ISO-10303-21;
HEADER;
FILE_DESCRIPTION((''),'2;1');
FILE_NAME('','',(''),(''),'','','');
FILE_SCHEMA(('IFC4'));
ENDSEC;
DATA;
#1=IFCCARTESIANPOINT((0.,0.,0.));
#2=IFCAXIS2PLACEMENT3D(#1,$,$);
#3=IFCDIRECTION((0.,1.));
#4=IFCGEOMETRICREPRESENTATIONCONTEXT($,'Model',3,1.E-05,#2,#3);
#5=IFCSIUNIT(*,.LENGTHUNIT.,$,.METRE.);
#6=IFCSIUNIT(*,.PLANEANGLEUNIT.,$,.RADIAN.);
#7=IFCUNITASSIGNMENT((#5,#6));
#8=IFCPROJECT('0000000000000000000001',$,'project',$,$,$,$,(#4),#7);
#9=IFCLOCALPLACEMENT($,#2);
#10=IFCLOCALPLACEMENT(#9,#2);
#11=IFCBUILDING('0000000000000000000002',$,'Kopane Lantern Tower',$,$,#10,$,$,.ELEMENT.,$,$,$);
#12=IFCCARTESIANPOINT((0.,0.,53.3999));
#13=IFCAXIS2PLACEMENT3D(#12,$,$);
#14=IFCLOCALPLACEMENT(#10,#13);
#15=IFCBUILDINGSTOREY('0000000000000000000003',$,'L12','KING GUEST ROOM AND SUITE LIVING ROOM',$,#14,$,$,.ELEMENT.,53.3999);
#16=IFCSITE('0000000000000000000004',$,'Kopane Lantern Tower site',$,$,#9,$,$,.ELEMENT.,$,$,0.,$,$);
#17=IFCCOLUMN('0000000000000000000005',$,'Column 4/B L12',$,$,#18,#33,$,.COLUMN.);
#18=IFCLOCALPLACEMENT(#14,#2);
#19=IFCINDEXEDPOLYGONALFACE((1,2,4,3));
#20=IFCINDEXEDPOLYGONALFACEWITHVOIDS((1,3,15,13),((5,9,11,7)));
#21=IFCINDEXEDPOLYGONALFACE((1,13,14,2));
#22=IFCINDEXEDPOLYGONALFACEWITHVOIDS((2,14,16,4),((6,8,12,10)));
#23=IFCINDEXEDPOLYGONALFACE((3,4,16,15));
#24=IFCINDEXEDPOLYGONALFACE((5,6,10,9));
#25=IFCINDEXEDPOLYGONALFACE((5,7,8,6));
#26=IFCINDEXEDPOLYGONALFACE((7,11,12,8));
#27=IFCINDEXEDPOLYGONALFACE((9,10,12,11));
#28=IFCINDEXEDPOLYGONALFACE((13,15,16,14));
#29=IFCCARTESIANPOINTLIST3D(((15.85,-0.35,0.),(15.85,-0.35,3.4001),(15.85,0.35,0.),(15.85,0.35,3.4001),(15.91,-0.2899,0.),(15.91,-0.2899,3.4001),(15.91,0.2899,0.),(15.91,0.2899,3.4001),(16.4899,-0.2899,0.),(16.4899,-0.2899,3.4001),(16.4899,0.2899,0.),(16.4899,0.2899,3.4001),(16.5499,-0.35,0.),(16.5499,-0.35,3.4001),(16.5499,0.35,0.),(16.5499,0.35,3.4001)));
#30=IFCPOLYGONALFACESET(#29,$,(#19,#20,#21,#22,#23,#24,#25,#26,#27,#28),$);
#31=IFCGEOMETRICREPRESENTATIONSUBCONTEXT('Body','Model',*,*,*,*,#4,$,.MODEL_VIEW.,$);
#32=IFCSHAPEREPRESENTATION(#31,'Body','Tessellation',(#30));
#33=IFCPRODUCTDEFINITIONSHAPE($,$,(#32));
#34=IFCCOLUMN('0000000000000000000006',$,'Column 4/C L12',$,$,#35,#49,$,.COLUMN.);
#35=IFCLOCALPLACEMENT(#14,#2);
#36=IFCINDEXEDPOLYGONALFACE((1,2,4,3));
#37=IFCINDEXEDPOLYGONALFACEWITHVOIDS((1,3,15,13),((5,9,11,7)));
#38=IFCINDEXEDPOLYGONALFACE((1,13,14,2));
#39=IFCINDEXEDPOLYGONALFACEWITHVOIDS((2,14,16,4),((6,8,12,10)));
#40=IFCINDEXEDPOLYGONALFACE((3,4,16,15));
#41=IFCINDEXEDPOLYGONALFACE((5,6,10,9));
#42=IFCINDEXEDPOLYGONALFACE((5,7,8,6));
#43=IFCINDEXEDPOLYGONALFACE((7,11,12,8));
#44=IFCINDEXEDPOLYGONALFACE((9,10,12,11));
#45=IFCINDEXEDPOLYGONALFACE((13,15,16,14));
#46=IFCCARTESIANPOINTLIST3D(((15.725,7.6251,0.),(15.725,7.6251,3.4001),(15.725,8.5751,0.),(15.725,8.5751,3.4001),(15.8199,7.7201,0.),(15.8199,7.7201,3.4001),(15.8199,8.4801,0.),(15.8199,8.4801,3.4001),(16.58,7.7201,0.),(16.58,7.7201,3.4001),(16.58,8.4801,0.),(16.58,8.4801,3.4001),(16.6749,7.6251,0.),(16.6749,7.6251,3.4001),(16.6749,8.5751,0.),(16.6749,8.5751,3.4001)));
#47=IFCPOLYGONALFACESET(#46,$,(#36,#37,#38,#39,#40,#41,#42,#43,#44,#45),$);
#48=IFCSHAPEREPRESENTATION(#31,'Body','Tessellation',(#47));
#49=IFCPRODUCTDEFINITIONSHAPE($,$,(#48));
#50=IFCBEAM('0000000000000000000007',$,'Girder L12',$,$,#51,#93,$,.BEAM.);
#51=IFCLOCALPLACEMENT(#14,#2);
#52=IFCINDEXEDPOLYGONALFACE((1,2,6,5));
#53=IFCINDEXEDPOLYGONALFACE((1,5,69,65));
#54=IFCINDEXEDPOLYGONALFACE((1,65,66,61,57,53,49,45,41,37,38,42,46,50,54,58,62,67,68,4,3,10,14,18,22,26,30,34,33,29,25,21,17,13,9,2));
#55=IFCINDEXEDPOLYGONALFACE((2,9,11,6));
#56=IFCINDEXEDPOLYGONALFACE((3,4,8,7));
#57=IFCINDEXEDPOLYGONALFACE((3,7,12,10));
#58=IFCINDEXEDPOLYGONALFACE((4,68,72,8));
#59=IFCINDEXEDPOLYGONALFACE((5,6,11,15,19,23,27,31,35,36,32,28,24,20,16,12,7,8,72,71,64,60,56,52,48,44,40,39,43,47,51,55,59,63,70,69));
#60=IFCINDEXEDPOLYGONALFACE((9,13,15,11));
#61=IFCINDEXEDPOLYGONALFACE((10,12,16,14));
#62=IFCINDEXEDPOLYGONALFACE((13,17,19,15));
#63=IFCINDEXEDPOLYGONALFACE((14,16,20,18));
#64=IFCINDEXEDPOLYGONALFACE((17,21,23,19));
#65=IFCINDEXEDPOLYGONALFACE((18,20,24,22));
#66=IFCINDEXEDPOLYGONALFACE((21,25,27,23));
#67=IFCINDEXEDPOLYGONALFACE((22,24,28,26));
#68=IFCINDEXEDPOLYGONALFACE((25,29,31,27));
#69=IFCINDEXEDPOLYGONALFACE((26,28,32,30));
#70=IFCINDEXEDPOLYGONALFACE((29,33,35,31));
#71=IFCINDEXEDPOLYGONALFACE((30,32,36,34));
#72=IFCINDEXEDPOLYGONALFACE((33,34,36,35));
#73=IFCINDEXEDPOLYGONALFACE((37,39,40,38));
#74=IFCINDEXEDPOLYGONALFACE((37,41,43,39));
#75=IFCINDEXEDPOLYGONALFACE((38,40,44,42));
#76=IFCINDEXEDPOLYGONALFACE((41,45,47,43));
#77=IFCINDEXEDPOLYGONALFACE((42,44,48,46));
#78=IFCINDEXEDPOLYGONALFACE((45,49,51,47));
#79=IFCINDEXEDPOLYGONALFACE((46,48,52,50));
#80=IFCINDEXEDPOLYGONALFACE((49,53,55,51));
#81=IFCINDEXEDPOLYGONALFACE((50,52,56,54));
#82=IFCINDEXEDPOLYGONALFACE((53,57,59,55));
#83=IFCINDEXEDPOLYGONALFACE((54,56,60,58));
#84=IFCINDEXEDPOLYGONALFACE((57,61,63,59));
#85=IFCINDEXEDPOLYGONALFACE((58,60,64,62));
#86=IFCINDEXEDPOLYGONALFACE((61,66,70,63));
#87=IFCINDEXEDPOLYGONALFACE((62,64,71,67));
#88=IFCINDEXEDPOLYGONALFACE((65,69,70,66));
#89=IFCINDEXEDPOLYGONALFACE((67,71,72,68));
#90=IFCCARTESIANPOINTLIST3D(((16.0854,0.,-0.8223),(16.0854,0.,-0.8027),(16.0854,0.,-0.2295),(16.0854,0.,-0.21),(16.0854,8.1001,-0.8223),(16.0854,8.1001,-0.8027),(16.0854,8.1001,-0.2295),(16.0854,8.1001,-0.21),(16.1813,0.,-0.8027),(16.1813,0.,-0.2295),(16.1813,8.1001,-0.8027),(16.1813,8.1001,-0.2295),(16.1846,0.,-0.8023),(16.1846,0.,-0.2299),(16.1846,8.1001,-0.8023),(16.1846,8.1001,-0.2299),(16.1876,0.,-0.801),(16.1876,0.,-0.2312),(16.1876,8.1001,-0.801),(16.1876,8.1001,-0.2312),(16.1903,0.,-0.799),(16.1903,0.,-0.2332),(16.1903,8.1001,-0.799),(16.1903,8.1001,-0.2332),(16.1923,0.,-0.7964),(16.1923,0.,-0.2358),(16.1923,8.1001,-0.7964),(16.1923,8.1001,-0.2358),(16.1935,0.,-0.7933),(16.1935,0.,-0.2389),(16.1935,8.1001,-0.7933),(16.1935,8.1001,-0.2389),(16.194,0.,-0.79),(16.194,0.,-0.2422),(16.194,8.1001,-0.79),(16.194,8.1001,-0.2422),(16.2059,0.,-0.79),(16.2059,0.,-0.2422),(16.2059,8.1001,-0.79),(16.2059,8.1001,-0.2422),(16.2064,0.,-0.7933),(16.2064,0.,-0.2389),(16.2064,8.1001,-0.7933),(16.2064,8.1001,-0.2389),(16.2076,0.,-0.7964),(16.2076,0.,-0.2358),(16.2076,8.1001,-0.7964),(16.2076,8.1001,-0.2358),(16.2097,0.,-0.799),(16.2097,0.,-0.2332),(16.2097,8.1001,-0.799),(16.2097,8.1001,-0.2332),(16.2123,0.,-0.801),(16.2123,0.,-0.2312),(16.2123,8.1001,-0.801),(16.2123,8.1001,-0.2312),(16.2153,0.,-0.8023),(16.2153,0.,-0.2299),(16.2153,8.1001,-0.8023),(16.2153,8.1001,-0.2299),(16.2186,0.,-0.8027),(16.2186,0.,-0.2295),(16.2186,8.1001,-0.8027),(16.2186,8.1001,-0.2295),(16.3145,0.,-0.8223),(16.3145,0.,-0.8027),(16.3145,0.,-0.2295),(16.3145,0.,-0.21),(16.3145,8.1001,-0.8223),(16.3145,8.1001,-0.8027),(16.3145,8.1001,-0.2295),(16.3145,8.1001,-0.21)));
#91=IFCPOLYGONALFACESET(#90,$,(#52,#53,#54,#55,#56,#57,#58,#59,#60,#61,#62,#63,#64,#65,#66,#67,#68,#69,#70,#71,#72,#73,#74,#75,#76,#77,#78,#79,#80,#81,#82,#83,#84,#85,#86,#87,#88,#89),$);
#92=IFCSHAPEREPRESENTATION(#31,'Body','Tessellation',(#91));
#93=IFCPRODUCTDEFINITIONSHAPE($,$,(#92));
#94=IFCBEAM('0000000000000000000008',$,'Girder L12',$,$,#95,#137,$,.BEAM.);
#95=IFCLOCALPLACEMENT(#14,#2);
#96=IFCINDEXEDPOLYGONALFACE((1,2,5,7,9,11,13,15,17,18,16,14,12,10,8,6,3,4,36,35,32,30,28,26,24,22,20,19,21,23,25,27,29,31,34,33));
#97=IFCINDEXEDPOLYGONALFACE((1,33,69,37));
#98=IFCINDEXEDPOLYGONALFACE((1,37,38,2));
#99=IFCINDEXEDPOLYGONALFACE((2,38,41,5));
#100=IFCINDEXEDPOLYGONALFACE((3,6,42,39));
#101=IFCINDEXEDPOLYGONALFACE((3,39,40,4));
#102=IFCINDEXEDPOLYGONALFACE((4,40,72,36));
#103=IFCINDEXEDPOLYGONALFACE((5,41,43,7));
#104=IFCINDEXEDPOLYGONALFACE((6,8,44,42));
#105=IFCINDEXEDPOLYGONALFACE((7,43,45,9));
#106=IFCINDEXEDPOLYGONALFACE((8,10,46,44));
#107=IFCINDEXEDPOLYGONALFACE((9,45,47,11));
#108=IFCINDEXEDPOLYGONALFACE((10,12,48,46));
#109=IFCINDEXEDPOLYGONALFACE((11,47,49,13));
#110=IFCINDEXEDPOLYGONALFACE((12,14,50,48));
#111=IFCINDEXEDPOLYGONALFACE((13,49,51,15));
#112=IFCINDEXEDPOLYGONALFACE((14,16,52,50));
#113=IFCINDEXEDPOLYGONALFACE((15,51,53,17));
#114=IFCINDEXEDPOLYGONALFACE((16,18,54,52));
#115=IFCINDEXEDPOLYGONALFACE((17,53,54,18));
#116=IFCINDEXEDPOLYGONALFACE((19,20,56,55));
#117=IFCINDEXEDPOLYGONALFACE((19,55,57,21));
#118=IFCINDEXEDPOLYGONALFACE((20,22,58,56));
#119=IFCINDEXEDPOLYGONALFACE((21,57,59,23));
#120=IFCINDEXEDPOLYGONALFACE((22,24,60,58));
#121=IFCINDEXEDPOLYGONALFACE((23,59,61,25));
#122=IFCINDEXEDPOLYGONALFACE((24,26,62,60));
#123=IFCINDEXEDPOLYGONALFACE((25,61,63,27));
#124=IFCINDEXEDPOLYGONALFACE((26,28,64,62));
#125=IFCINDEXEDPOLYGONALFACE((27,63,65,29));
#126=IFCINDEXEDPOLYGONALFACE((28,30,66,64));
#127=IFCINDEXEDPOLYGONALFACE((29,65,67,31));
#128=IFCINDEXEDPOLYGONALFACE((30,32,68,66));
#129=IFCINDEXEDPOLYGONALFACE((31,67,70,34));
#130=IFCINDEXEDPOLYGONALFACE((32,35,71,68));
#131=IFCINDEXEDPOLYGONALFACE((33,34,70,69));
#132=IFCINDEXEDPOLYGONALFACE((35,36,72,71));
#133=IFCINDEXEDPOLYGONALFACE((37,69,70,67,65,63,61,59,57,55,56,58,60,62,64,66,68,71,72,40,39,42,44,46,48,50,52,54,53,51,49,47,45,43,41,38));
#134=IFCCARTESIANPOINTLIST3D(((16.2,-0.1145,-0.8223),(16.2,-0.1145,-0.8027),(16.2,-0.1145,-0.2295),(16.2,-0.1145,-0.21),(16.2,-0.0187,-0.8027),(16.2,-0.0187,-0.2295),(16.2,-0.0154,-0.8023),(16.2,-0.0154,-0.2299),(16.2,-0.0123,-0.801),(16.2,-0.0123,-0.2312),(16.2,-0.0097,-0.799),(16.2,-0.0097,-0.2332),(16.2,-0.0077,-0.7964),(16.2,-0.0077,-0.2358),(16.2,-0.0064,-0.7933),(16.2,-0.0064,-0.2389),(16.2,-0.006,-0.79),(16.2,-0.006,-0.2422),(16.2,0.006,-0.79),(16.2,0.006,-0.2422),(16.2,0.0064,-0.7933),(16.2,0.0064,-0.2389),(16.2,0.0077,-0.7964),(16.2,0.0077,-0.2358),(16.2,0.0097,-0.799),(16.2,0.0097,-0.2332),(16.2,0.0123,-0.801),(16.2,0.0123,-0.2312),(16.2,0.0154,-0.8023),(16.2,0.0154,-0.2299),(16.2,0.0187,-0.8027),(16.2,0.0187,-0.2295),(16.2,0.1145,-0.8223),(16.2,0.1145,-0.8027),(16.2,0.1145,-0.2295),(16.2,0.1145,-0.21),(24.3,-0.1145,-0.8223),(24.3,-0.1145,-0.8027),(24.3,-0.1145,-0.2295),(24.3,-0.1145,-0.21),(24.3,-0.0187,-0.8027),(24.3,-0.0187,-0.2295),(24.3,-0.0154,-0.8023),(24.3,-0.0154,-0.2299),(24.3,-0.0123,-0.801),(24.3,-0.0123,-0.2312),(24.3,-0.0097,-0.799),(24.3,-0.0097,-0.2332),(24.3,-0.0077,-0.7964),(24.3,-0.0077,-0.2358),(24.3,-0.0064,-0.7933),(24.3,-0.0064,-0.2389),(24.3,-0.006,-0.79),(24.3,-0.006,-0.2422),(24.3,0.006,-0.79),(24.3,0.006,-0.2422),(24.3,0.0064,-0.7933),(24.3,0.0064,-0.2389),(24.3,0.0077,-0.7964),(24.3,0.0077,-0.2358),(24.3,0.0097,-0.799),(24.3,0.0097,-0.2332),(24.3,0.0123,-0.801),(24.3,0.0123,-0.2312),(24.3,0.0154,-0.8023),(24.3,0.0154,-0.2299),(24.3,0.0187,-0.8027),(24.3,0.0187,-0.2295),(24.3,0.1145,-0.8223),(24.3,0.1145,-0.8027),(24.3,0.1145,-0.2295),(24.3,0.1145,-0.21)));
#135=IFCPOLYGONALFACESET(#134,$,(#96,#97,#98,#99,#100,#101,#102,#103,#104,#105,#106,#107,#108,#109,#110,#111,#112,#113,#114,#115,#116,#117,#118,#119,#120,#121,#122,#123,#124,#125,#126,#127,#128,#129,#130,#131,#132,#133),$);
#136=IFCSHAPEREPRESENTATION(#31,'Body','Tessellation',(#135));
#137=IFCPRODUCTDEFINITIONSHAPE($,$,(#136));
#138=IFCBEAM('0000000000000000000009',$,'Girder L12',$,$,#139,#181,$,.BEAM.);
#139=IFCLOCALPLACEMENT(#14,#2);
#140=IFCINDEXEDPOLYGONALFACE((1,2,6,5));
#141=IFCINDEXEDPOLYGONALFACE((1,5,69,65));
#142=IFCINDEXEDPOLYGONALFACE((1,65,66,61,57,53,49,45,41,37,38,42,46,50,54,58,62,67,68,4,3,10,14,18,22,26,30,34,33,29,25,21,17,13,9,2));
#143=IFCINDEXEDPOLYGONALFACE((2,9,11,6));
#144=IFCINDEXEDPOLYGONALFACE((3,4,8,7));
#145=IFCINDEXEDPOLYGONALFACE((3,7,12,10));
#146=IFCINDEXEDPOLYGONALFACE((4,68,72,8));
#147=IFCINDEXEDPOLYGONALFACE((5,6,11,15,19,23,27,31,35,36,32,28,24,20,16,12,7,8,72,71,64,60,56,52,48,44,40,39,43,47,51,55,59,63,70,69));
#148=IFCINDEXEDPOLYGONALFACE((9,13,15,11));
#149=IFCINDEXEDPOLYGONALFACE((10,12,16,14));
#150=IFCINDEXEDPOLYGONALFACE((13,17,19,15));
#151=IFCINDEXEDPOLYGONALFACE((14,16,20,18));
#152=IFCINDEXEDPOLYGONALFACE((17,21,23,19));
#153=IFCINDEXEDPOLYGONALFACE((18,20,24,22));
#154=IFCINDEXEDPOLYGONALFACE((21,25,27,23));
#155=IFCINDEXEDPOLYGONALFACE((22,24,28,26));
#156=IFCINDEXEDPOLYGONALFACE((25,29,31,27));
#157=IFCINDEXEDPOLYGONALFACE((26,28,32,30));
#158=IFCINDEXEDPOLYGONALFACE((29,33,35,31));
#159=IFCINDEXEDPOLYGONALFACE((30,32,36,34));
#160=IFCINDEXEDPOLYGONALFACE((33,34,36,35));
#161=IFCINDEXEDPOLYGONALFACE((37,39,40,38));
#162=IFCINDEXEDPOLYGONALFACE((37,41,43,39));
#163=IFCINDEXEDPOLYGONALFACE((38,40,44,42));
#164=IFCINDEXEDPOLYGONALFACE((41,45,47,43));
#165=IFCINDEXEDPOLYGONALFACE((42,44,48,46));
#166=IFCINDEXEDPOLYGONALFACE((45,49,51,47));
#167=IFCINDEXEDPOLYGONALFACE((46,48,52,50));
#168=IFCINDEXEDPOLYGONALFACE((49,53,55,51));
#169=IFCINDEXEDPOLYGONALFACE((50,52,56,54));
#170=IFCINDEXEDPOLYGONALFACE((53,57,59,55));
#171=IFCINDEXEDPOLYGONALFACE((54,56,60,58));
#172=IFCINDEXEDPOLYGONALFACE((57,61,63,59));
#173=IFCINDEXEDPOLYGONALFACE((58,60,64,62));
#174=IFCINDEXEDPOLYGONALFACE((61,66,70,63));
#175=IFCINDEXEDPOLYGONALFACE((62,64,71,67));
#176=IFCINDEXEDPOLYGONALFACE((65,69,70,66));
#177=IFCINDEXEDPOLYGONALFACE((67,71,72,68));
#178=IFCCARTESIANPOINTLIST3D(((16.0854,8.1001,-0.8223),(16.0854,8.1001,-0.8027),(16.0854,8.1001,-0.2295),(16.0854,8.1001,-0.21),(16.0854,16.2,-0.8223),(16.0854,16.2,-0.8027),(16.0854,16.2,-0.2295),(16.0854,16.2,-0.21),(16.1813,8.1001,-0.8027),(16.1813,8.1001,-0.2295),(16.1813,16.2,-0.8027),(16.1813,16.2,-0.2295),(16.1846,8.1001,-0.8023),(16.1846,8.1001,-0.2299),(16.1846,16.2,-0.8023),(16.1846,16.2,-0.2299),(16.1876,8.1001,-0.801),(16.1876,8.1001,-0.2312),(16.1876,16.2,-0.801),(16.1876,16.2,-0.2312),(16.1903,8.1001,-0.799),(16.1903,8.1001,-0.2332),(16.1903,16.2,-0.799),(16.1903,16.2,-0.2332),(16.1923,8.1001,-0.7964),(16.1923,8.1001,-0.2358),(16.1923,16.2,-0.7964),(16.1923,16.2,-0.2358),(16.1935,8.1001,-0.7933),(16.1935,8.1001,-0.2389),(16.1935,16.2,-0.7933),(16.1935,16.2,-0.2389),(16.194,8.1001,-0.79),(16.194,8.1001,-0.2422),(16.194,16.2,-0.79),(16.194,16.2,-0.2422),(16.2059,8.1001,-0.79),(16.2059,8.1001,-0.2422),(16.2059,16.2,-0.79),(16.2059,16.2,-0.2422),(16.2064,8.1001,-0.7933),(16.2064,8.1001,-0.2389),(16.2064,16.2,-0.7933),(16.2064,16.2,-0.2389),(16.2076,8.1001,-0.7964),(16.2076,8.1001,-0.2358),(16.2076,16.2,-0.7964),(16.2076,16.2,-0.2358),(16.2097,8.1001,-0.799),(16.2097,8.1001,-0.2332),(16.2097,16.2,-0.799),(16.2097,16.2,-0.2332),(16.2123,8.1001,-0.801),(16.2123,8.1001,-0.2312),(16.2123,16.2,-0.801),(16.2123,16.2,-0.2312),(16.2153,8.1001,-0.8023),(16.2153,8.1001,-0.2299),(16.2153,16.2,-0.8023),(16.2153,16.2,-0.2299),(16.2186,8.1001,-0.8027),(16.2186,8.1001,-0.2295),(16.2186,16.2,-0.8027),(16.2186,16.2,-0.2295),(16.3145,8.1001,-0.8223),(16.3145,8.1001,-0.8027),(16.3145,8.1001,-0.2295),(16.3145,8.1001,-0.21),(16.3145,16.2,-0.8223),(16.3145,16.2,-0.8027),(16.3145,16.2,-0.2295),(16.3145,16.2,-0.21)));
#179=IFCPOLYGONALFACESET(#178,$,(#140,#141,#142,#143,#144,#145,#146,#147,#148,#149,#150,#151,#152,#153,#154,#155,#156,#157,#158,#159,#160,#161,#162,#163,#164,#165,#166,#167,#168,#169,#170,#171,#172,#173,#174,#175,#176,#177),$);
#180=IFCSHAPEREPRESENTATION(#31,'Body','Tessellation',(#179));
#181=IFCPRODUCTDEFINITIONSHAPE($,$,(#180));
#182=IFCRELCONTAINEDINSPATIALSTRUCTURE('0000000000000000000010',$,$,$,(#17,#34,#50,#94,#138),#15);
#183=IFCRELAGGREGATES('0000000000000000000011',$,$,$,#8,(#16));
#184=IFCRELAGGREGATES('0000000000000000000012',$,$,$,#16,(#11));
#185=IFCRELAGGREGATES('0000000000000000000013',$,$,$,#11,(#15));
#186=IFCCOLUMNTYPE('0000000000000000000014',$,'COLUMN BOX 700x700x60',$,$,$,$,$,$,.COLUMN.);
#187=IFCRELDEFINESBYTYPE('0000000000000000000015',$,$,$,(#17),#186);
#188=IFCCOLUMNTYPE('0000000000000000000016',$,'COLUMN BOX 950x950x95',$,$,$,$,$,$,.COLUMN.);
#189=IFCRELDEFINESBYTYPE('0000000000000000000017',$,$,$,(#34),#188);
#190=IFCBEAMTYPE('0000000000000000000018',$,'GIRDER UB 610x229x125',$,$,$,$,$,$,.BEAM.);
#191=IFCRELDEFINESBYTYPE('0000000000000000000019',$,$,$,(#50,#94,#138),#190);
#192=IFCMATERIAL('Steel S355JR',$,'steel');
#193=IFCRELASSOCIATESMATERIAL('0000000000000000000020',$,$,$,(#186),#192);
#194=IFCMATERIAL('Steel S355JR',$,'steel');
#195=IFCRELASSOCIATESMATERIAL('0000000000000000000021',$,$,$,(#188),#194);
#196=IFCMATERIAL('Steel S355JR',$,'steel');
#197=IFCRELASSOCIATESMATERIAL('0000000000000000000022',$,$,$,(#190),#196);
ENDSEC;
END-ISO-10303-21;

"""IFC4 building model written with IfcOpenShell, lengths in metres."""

from ifc_helpers import new_model, si_unit, direction, frame, origin, origin_2d, place, context, subcontext, project, spatial, hollow_rectangle, i_section, extrude, material, material_profile, profile_set, type_object, element, save


model = new_model("IFC4")

# Units and contexts
model_context = context("Model", 3, precision=1e-05, world=origin(), true_north=direction((0.0, 1.0)))
body_context = subcontext(model_context, "Body", "Model", "MODEL_VIEW")
ifc_project = project(units=[si_unit("LENGTHUNIT", "METRE"), si_unit("PLANEANGLEUNIT", "RADIAN")], contexts=[model_context])

# Site, building, storey
site_placement = place(None, origin())
site = spatial("IfcSite", under=ifc_project, at=site_placement, Name="Kopane Lantern Tower site", CompositionType="ELEMENT", RefElevation=0.0)
building_placement = place(site_placement, origin())
building = spatial("IfcBuilding", under=site, at=building_placement, Name="Kopane Lantern Tower", CompositionType="ELEMENT")
storey_placement = place(building_placement, frame((0.0, 0.0, 53.3999)))
storey = spatial("IfcBuildingStorey", under=building, at=storey_placement, Name="L12", Description="KING GUEST ROOM AND SUITE LIVING ROOM", CompositionType="ELEMENT", Elevation=53.3999)

# Columns
ifc_material_1 = material(Name="Steel S355JR", Category="steel")
ifc_material_profile_1 = material_profile(ifc_material_1, hollow_rectangle(XDim=0.7, YDim=0.7, WallThickness=0.0601, at=origin_2d()), Name="BOX 700x700x60")
ifc_profile_set_1 = profile_set([ifc_material_profile_1], Name="Steel S355JR")
column_type_1 = type_object("IfcColumnType", Name="COLUMN BOX 700x700x60", PredefinedType="COLUMN", material=ifc_profile_set_1)
column_1_placement = place(storey_placement, frame((16.2, 0.0, 0.0), z_axis=(0.0, 0.0, 1.0), x_axis=(1.0, 0.0, 0.0)))
element("IfcColumn", 1, at=column_1_placement, inside=storey, type_object=column_type_1, Name="Column 4/B L12", PredefinedType="COLUMN", context=body_context, shape_type="SweptSolid", body=[
    extrude(hollow_rectangle(XDim=0.7, YDim=0.7, WallThickness=0.0601, at=origin_2d()), origin(), (0.0, 0.0, 1.0), 3.4001),
])
ifc_material_2 = material(Name="Steel S355JR", Category="steel")
ifc_material_profile_2 = material_profile(ifc_material_2, hollow_rectangle(XDim=0.95, YDim=0.95, WallThickness=0.095, at=origin_2d()), Name="BOX 950x950x95")
ifc_profile_set_2 = profile_set([ifc_material_profile_2], Name="Steel S355JR")
column_type_2 = type_object("IfcColumnType", Name="COLUMN BOX 950x950x95", PredefinedType="COLUMN", material=ifc_profile_set_2)
column_2_placement = place(storey_placement, frame((16.2, 8.1001, 0.0), z_axis=(0.0, 0.0, 1.0), x_axis=(1.0, 0.0, 0.0)))
element("IfcColumn", 2, at=column_2_placement, inside=storey, type_object=column_type_2, Name="Column 4/C L12", PredefinedType="COLUMN", context=body_context, shape_type="SweptSolid", body=[
    extrude(hollow_rectangle(XDim=0.95, YDim=0.95, WallThickness=0.095, at=origin_2d()), origin(), (0.0, 0.0, 1.0), 3.4001),
])

# Beams
ifc_material_3 = material(Name="Steel S355JR", Category="steel")
ifc_material_profile_3 = material_profile(ifc_material_3, i_section(OverallWidth=0.229, OverallDepth=0.6123, WebThickness=0.012, FlangeThickness=0.0195, FilletRadius=0.0127, at=origin_2d()), Name="UB 610x229x125")
ifc_profile_set_3 = profile_set([ifc_material_profile_3], Name="Steel S355JR")
beam_type = type_object("IfcBeamType", Name="GIRDER UB 610x229x125", PredefinedType="BEAM", material=ifc_profile_set_3)
for number, where, z_axis, x_axis, name in (
    (3, (16.2, 0.0, -0.5161), (0.0, 1.0, 0.0), (-1.0, 0.0, 0.0), "Girder L12"),
    (4, (16.2, 0.0, -0.5161), (1.0, 0.0, 0.0), (0.0, 1.0, 0.0), "Girder L12"),
):
    element("IfcBeam", number, at=place(storey_placement, frame(where, z_axis=z_axis, x_axis=x_axis)), inside=storey, type_object=beam_type, Name=name, PredefinedType="BEAM", context=body_context, shape_type="SweptSolid", body=[
        extrude(i_section(OverallWidth=0.229, OverallDepth=0.6123, WebThickness=0.012, FlangeThickness=0.0195, FilletRadius=0.0127, at=origin_2d()), origin(), (0.0, 0.0, 1.0), 8.1001),
    ])
beam_1_placement = place(storey_placement, frame((16.2, 8.1001, -0.5161), z_axis=(0.0, 1.0, 0.0), x_axis=(-1.0, 0.0, 0.0)))
element("IfcBeam", 5, at=beam_1_placement, inside=storey, type_object=beam_type, Name="Girder L12", PredefinedType="BEAM", context=body_context, shape_type="SweptSolid", body=[
    extrude(i_section(OverallWidth=0.229, OverallDepth=0.6123, WebThickness=0.012, FlangeThickness=0.0195, FilletRadius=0.0127, at=origin_2d()), origin(), (0.0, 0.0, 1.0), 8.0999),
])

save(model, "model.ifc")
